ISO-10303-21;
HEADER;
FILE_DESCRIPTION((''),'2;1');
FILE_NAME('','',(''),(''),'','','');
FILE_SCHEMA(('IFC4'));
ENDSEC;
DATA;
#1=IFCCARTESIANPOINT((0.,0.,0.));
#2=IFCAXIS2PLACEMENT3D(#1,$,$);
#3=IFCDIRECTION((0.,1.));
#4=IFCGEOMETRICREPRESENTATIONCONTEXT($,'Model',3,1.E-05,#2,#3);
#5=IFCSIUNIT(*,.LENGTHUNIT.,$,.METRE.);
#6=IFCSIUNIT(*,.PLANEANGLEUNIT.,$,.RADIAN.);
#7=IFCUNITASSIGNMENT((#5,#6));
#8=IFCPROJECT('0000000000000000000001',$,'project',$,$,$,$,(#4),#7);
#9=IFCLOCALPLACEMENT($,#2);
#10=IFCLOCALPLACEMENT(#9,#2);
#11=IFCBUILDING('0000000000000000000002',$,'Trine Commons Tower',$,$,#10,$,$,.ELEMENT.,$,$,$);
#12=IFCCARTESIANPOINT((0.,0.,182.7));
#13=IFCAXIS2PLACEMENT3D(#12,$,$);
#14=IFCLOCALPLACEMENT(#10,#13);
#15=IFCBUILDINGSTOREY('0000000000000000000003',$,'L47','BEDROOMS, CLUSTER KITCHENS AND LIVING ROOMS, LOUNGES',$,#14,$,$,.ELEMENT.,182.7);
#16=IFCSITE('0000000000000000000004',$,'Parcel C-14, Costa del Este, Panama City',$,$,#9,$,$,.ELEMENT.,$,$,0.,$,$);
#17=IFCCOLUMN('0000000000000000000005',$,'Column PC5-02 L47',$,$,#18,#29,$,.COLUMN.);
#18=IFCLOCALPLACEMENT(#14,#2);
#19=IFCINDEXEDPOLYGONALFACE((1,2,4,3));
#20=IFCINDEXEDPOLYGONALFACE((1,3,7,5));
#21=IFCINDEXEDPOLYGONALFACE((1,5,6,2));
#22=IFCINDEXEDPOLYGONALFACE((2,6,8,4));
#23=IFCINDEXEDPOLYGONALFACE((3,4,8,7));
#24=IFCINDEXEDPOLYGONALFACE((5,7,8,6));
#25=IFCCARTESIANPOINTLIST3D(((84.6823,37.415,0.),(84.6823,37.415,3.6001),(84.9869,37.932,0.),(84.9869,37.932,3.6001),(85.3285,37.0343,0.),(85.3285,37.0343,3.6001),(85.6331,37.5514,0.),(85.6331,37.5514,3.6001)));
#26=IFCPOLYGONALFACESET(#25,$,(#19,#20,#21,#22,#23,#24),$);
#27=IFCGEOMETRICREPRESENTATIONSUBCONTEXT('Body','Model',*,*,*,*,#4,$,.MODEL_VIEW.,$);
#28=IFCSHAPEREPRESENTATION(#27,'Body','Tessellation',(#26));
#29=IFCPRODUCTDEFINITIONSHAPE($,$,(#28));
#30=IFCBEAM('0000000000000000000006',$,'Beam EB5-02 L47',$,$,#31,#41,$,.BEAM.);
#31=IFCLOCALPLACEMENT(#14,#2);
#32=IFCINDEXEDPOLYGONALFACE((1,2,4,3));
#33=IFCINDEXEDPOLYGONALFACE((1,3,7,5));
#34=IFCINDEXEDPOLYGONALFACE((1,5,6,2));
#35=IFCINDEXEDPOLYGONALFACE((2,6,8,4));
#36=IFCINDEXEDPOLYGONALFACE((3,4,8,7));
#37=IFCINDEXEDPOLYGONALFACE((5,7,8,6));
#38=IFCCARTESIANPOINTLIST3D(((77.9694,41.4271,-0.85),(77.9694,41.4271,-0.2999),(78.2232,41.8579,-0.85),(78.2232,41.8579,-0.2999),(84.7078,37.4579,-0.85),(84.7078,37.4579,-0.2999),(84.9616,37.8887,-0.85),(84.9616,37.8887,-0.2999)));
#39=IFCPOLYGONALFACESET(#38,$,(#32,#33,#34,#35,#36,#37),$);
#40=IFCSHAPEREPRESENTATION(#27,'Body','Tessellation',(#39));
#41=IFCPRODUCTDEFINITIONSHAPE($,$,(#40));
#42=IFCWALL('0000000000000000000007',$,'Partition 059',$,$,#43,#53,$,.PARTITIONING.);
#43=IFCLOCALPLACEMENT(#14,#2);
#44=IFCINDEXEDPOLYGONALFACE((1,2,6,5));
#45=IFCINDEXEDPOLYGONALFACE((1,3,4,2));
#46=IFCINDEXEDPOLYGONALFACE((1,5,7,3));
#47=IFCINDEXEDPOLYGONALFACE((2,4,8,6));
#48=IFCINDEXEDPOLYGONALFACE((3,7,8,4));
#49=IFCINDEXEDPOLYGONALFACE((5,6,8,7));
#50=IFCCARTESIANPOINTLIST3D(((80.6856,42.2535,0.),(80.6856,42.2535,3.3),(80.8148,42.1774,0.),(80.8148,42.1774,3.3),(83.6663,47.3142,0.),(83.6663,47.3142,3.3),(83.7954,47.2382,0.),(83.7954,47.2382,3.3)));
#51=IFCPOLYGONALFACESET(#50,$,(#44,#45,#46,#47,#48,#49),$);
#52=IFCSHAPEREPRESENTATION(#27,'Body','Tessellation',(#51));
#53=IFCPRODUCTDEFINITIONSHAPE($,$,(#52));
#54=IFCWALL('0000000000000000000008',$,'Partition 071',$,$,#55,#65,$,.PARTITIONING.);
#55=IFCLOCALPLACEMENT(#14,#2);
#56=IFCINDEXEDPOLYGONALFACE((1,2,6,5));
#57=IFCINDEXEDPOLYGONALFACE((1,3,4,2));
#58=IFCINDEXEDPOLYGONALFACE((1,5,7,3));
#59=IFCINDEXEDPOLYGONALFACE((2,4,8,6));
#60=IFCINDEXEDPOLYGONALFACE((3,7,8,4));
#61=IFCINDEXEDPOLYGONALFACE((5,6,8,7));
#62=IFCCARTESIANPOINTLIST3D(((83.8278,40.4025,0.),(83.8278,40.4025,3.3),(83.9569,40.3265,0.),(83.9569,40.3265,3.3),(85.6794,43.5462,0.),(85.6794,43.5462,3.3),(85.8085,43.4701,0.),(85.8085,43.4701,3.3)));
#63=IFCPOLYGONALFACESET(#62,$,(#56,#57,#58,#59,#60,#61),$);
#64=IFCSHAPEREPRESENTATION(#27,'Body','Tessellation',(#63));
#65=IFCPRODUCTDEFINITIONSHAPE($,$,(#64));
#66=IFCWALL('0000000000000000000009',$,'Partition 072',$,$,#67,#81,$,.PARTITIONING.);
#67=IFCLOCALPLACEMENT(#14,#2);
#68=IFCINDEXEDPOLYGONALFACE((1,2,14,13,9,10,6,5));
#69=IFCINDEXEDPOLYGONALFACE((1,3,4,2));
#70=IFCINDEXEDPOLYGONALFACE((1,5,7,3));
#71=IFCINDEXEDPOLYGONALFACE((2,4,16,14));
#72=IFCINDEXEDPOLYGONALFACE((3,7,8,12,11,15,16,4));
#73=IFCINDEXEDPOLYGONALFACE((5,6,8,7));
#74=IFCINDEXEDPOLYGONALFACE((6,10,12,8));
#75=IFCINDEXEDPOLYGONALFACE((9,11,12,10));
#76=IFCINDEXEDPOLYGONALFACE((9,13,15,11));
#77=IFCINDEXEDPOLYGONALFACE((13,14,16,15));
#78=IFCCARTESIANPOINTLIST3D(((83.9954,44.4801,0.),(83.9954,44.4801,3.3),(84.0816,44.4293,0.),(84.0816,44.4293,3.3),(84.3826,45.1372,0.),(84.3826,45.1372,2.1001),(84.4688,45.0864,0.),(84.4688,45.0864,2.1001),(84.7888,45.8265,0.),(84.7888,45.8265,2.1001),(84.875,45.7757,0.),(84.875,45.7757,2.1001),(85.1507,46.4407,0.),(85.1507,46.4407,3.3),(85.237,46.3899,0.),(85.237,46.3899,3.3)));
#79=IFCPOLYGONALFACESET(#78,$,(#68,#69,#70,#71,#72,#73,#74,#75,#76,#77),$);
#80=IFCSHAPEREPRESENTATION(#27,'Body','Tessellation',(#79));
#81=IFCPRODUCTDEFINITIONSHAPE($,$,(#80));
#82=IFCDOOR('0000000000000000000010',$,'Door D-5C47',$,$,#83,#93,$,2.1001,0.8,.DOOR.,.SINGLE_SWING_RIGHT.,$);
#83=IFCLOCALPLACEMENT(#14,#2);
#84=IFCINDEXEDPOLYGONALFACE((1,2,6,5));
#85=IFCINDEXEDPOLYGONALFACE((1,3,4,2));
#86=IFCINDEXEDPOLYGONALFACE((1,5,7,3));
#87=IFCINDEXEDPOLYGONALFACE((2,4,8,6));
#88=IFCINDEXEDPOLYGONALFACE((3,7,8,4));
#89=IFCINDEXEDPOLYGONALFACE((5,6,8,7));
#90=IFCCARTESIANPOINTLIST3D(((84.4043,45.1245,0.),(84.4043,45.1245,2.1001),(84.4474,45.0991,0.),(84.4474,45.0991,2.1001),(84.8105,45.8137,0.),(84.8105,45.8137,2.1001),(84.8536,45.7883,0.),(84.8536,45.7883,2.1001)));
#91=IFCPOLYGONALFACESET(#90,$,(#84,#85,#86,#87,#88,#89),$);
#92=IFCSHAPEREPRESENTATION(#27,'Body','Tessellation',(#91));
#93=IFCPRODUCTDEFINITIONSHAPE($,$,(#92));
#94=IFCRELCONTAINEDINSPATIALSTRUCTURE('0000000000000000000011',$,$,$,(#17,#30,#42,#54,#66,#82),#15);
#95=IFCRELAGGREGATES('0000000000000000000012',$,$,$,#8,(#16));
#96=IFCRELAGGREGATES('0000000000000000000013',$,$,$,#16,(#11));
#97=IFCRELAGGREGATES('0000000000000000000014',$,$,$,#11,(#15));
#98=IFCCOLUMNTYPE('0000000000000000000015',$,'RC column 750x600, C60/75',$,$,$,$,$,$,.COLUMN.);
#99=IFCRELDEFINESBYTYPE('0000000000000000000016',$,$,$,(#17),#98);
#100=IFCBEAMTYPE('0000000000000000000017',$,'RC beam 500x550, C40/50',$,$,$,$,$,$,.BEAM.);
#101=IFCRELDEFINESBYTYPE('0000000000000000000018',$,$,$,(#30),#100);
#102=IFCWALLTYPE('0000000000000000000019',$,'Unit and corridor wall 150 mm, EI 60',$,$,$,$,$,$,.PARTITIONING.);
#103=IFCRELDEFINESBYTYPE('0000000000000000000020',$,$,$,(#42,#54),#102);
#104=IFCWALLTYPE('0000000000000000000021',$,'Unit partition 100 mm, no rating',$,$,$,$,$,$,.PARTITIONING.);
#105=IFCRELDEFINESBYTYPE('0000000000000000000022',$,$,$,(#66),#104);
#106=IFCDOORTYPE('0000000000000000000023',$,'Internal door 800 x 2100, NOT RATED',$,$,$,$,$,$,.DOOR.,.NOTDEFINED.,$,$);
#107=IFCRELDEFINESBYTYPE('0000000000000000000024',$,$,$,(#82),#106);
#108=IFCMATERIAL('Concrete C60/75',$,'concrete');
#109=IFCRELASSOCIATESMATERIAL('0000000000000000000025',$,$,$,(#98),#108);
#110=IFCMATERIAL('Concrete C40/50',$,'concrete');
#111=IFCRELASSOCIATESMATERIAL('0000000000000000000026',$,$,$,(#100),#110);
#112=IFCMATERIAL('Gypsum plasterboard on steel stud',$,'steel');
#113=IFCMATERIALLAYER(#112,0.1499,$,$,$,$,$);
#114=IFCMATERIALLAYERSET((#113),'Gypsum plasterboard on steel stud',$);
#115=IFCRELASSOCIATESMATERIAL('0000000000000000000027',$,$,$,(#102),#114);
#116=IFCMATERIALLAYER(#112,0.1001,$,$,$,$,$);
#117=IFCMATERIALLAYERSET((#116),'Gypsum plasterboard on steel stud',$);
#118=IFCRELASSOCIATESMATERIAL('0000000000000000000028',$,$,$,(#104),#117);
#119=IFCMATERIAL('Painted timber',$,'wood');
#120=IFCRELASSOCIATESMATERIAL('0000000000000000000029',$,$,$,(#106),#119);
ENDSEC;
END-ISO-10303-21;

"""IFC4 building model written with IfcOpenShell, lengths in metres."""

from ifc_helpers import new_model, si_unit, direction, frame, frame_2d, origin, origin_2d, place, context, subcontext, project, spatial, rectangle, extrude, material, layer, layer_set, material_profile, profile_set, type_object, element, fill, save


model = new_model("IFC4")

# Units and contexts
model_context = context("Model", 3, precision=1e-05, world=origin(), true_north=direction((0.0, 1.0)))
body_context = subcontext(model_context, "Body", "Model", "MODEL_VIEW")
ifc_project = project(units=[si_unit("LENGTHUNIT", "METRE"), si_unit("PLANEANGLEUNIT", "RADIAN")], contexts=[model_context])

# Site, building, storey
site_placement = place(None, origin())
site = spatial("IfcSite", under=ifc_project, at=site_placement, Name="Parcel C-14, Costa del Este, Panama City", CompositionType="ELEMENT", RefElevation=0.0)
building_placement = place(site_placement, origin())
building = spatial("IfcBuilding", under=site, at=building_placement, Name="Trine Commons Tower", CompositionType="ELEMENT")
storey_placement = place(building_placement, frame((0.0, 0.0, 182.7)))
storey = spatial("IfcBuildingStorey", under=building, at=storey_placement, Name="L47", Description="BEDROOMS, CLUSTER KITCHENS AND LIVING ROOMS, LOUNGES", CompositionType="ELEMENT", Elevation=182.7)

# Column
ifc_material_1 = material(Name="Concrete C60/75", Category="concrete")
ifc_material_profile_1 = material_profile(ifc_material_1, rectangle(XDim=0.75, YDim=0.6001, at=origin_2d()), Name="RC 750x600")
ifc_profile_set_1 = profile_set([ifc_material_profile_1], Name="Concrete C60/75")
column_type = type_object("IfcColumnType", Name="RC column 750x600, C60/75", PredefinedType="COLUMN", material=ifc_profile_set_1)
column_placement = place(storey_placement, frame((85.1577, 37.4832, 0.0), z_axis=(0.0, 0.0, 1.0), x_axis=(-0.861629, 0.507538, 0.0)))
element("IfcColumn", 1, at=column_placement, inside=storey, type_object=column_type, Name="Column PC5-02 L47", PredefinedType="COLUMN", context=body_context, shape_type="SweptSolid", body=[
    extrude(rectangle(XDim=0.75, YDim=0.6001, at=origin_2d()), origin(), (0.0, 0.0, 1.0), 3.6001),
])

# Beam
ifc_material_2 = material(Name="Concrete C40/50", Category="concrete")
ifc_material_profile_2 = material_profile(ifc_material_2, rectangle(XDim=0.5, YDim=0.55, at=origin_2d()), Name="RC 500x550")
ifc_profile_set_2 = profile_set([ifc_material_profile_2], Name="Concrete C40/50")
beam_type = type_object("IfcBeamType", Name="RC beam 500x550, C40/50", PredefinedType="BEAM", material=ifc_profile_set_2)
beam_placement = place(storey_placement, frame((84.8347, 37.6733, -0.575), z_axis=(-0.861632, 0.507533, 0.0), x_axis=(-0.507533, -0.861632, 0.0)))
element("IfcBeam", 2, at=beam_placement, inside=storey, type_object=beam_type, Name="Beam EB5-02 L47", PredefinedType="BEAM", context=body_context, shape_type="SweptSolid", body=[
    extrude(rectangle(XDim=0.5, YDim=0.55, at=origin_2d()), origin(), (0.0, 0.0, 1.0), 7.8206),
])

# Walls
ifc_material_3 = material(Name="Gypsum plasterboard on steel stud", Category="steel")
ifc_layer_1 = layer(ifc_material_3, 0.1499)
ifc_layer_set_1 = layer_set([ifc_layer_1], Name="Gypsum plasterboard on steel stud")
wall_type_1 = type_object("IfcWallType", Name="Unit and corridor wall 150 mm, EI 60", PredefinedType="PARTITIONING", material=ifc_layer_set_1)
wall_1_placement = place(storey_placement, frame((80.7502, 42.2156, 0.0), z_axis=(0.0, 0.0, 1.0), x_axis=(0.507498, 0.861653, 0.0)))
element("IfcWall", 3, at=wall_1_placement, inside=storey, type_object=wall_type_1, Name="Partition 059", PredefinedType="PARTITIONING", context=body_context, shape_type="SweptSolid", body=[
    extrude(rectangle(XDim=5.8733, YDim=0.1499, at=frame_2d((2.9365, 0.0))), origin(), (0.0, 0.0, 1.0), 3.3),
])
wall_2_placement = place(storey_placement, frame((83.8923, 40.3645, 0.0), z_axis=(0.0, 0.0, 1.0), x_axis=(0.507511, 0.861645, 0.0)))
element("IfcWall", 4, at=wall_2_placement, inside=storey, type_object=wall_type_1, Name="Partition 071", PredefinedType="PARTITIONING", context=body_context, shape_type="SweptSolid", body=[
    extrude(rectangle(XDim=3.6484, YDim=0.1499, at=frame_2d((1.8242, 0.0))), origin(), (0.0, 0.0, 1.0), 3.3),
])

# Wall, opening, door
ifc_layer_2 = layer(ifc_material_3, 0.1001)
ifc_layer_set_2 = layer_set([ifc_layer_2], Name="Gypsum plasterboard on steel stud")
wall_type_2 = type_object("IfcWallType", Name="Unit partition 100 mm, no rating", PredefinedType="PARTITIONING", material=ifc_layer_set_2)
wall_3_placement = place(storey_placement, frame((84.0386, 44.4548, 0.0), z_axis=(0.0, 0.0, 1.0), x_axis=(0.507695, 0.861537, 0.0)))
wall_3 = element("IfcWall", 5, at=wall_3_placement, inside=storey, type_object=wall_type_2, Name="Partition 072", PredefinedType="PARTITIONING", context=body_context, shape_type="SweptSolid", body=[
    extrude(rectangle(XDim=2.2756, YDim=0.1001, at=frame_2d((1.1377, 0.0))), origin(), (0.0, 0.0, 1.0), 3.3),
])
opening_placement = place(wall_3_placement, frame((0.7627, 0.0, 0.0)))
opening = element("IfcOpeningElement", 6, at=opening_placement, cuts=wall_3, PredefinedType="OPENING", context=body_context, shape_type="SweptSolid", body=[
    extrude(rectangle(XDim=0.8, YDim=2.1001, at=frame_2d((0.3999, 1.05))), frame((0.0, 0.0601, 0.0), z_axis=(0.0, -1.0, 0.0), x_axis=(1.0, 0.0, 0.0)), (0.0, 0.0, 1.0), 0.1201),
])
ifc_material_4 = material(Name="Painted timber", Category="wood")
door_type = type_object("IfcDoorType", Name="Internal door 800 x 2100, NOT RATED", OperationType="NOTDEFINED", PredefinedType="DOOR", material=ifc_material_4)
door_placement = place(opening_placement, origin())
door = element("IfcDoor", 7, at=door_placement, inside=storey, type_object=door_type, Name="Door D-5C47", OperationType="SINGLE_SWING_RIGHT", OverallHeight=2.1001, OverallWidth=0.8, PredefinedType="DOOR", context=body_context, shape_type="SweptSolid", body=[
    extrude(rectangle(XDim=0.8, YDim=2.1001, at=frame_2d((0.3999, 1.05))), frame((0.0, 0.0249, 0.0), z_axis=(0.0, -1.0, 0.0), x_axis=(1.0, 0.0, 0.0)), (0.0, 0.0, 1.0), 0.05),
])
fill(opening, door)

save(model, "model.ifc")
